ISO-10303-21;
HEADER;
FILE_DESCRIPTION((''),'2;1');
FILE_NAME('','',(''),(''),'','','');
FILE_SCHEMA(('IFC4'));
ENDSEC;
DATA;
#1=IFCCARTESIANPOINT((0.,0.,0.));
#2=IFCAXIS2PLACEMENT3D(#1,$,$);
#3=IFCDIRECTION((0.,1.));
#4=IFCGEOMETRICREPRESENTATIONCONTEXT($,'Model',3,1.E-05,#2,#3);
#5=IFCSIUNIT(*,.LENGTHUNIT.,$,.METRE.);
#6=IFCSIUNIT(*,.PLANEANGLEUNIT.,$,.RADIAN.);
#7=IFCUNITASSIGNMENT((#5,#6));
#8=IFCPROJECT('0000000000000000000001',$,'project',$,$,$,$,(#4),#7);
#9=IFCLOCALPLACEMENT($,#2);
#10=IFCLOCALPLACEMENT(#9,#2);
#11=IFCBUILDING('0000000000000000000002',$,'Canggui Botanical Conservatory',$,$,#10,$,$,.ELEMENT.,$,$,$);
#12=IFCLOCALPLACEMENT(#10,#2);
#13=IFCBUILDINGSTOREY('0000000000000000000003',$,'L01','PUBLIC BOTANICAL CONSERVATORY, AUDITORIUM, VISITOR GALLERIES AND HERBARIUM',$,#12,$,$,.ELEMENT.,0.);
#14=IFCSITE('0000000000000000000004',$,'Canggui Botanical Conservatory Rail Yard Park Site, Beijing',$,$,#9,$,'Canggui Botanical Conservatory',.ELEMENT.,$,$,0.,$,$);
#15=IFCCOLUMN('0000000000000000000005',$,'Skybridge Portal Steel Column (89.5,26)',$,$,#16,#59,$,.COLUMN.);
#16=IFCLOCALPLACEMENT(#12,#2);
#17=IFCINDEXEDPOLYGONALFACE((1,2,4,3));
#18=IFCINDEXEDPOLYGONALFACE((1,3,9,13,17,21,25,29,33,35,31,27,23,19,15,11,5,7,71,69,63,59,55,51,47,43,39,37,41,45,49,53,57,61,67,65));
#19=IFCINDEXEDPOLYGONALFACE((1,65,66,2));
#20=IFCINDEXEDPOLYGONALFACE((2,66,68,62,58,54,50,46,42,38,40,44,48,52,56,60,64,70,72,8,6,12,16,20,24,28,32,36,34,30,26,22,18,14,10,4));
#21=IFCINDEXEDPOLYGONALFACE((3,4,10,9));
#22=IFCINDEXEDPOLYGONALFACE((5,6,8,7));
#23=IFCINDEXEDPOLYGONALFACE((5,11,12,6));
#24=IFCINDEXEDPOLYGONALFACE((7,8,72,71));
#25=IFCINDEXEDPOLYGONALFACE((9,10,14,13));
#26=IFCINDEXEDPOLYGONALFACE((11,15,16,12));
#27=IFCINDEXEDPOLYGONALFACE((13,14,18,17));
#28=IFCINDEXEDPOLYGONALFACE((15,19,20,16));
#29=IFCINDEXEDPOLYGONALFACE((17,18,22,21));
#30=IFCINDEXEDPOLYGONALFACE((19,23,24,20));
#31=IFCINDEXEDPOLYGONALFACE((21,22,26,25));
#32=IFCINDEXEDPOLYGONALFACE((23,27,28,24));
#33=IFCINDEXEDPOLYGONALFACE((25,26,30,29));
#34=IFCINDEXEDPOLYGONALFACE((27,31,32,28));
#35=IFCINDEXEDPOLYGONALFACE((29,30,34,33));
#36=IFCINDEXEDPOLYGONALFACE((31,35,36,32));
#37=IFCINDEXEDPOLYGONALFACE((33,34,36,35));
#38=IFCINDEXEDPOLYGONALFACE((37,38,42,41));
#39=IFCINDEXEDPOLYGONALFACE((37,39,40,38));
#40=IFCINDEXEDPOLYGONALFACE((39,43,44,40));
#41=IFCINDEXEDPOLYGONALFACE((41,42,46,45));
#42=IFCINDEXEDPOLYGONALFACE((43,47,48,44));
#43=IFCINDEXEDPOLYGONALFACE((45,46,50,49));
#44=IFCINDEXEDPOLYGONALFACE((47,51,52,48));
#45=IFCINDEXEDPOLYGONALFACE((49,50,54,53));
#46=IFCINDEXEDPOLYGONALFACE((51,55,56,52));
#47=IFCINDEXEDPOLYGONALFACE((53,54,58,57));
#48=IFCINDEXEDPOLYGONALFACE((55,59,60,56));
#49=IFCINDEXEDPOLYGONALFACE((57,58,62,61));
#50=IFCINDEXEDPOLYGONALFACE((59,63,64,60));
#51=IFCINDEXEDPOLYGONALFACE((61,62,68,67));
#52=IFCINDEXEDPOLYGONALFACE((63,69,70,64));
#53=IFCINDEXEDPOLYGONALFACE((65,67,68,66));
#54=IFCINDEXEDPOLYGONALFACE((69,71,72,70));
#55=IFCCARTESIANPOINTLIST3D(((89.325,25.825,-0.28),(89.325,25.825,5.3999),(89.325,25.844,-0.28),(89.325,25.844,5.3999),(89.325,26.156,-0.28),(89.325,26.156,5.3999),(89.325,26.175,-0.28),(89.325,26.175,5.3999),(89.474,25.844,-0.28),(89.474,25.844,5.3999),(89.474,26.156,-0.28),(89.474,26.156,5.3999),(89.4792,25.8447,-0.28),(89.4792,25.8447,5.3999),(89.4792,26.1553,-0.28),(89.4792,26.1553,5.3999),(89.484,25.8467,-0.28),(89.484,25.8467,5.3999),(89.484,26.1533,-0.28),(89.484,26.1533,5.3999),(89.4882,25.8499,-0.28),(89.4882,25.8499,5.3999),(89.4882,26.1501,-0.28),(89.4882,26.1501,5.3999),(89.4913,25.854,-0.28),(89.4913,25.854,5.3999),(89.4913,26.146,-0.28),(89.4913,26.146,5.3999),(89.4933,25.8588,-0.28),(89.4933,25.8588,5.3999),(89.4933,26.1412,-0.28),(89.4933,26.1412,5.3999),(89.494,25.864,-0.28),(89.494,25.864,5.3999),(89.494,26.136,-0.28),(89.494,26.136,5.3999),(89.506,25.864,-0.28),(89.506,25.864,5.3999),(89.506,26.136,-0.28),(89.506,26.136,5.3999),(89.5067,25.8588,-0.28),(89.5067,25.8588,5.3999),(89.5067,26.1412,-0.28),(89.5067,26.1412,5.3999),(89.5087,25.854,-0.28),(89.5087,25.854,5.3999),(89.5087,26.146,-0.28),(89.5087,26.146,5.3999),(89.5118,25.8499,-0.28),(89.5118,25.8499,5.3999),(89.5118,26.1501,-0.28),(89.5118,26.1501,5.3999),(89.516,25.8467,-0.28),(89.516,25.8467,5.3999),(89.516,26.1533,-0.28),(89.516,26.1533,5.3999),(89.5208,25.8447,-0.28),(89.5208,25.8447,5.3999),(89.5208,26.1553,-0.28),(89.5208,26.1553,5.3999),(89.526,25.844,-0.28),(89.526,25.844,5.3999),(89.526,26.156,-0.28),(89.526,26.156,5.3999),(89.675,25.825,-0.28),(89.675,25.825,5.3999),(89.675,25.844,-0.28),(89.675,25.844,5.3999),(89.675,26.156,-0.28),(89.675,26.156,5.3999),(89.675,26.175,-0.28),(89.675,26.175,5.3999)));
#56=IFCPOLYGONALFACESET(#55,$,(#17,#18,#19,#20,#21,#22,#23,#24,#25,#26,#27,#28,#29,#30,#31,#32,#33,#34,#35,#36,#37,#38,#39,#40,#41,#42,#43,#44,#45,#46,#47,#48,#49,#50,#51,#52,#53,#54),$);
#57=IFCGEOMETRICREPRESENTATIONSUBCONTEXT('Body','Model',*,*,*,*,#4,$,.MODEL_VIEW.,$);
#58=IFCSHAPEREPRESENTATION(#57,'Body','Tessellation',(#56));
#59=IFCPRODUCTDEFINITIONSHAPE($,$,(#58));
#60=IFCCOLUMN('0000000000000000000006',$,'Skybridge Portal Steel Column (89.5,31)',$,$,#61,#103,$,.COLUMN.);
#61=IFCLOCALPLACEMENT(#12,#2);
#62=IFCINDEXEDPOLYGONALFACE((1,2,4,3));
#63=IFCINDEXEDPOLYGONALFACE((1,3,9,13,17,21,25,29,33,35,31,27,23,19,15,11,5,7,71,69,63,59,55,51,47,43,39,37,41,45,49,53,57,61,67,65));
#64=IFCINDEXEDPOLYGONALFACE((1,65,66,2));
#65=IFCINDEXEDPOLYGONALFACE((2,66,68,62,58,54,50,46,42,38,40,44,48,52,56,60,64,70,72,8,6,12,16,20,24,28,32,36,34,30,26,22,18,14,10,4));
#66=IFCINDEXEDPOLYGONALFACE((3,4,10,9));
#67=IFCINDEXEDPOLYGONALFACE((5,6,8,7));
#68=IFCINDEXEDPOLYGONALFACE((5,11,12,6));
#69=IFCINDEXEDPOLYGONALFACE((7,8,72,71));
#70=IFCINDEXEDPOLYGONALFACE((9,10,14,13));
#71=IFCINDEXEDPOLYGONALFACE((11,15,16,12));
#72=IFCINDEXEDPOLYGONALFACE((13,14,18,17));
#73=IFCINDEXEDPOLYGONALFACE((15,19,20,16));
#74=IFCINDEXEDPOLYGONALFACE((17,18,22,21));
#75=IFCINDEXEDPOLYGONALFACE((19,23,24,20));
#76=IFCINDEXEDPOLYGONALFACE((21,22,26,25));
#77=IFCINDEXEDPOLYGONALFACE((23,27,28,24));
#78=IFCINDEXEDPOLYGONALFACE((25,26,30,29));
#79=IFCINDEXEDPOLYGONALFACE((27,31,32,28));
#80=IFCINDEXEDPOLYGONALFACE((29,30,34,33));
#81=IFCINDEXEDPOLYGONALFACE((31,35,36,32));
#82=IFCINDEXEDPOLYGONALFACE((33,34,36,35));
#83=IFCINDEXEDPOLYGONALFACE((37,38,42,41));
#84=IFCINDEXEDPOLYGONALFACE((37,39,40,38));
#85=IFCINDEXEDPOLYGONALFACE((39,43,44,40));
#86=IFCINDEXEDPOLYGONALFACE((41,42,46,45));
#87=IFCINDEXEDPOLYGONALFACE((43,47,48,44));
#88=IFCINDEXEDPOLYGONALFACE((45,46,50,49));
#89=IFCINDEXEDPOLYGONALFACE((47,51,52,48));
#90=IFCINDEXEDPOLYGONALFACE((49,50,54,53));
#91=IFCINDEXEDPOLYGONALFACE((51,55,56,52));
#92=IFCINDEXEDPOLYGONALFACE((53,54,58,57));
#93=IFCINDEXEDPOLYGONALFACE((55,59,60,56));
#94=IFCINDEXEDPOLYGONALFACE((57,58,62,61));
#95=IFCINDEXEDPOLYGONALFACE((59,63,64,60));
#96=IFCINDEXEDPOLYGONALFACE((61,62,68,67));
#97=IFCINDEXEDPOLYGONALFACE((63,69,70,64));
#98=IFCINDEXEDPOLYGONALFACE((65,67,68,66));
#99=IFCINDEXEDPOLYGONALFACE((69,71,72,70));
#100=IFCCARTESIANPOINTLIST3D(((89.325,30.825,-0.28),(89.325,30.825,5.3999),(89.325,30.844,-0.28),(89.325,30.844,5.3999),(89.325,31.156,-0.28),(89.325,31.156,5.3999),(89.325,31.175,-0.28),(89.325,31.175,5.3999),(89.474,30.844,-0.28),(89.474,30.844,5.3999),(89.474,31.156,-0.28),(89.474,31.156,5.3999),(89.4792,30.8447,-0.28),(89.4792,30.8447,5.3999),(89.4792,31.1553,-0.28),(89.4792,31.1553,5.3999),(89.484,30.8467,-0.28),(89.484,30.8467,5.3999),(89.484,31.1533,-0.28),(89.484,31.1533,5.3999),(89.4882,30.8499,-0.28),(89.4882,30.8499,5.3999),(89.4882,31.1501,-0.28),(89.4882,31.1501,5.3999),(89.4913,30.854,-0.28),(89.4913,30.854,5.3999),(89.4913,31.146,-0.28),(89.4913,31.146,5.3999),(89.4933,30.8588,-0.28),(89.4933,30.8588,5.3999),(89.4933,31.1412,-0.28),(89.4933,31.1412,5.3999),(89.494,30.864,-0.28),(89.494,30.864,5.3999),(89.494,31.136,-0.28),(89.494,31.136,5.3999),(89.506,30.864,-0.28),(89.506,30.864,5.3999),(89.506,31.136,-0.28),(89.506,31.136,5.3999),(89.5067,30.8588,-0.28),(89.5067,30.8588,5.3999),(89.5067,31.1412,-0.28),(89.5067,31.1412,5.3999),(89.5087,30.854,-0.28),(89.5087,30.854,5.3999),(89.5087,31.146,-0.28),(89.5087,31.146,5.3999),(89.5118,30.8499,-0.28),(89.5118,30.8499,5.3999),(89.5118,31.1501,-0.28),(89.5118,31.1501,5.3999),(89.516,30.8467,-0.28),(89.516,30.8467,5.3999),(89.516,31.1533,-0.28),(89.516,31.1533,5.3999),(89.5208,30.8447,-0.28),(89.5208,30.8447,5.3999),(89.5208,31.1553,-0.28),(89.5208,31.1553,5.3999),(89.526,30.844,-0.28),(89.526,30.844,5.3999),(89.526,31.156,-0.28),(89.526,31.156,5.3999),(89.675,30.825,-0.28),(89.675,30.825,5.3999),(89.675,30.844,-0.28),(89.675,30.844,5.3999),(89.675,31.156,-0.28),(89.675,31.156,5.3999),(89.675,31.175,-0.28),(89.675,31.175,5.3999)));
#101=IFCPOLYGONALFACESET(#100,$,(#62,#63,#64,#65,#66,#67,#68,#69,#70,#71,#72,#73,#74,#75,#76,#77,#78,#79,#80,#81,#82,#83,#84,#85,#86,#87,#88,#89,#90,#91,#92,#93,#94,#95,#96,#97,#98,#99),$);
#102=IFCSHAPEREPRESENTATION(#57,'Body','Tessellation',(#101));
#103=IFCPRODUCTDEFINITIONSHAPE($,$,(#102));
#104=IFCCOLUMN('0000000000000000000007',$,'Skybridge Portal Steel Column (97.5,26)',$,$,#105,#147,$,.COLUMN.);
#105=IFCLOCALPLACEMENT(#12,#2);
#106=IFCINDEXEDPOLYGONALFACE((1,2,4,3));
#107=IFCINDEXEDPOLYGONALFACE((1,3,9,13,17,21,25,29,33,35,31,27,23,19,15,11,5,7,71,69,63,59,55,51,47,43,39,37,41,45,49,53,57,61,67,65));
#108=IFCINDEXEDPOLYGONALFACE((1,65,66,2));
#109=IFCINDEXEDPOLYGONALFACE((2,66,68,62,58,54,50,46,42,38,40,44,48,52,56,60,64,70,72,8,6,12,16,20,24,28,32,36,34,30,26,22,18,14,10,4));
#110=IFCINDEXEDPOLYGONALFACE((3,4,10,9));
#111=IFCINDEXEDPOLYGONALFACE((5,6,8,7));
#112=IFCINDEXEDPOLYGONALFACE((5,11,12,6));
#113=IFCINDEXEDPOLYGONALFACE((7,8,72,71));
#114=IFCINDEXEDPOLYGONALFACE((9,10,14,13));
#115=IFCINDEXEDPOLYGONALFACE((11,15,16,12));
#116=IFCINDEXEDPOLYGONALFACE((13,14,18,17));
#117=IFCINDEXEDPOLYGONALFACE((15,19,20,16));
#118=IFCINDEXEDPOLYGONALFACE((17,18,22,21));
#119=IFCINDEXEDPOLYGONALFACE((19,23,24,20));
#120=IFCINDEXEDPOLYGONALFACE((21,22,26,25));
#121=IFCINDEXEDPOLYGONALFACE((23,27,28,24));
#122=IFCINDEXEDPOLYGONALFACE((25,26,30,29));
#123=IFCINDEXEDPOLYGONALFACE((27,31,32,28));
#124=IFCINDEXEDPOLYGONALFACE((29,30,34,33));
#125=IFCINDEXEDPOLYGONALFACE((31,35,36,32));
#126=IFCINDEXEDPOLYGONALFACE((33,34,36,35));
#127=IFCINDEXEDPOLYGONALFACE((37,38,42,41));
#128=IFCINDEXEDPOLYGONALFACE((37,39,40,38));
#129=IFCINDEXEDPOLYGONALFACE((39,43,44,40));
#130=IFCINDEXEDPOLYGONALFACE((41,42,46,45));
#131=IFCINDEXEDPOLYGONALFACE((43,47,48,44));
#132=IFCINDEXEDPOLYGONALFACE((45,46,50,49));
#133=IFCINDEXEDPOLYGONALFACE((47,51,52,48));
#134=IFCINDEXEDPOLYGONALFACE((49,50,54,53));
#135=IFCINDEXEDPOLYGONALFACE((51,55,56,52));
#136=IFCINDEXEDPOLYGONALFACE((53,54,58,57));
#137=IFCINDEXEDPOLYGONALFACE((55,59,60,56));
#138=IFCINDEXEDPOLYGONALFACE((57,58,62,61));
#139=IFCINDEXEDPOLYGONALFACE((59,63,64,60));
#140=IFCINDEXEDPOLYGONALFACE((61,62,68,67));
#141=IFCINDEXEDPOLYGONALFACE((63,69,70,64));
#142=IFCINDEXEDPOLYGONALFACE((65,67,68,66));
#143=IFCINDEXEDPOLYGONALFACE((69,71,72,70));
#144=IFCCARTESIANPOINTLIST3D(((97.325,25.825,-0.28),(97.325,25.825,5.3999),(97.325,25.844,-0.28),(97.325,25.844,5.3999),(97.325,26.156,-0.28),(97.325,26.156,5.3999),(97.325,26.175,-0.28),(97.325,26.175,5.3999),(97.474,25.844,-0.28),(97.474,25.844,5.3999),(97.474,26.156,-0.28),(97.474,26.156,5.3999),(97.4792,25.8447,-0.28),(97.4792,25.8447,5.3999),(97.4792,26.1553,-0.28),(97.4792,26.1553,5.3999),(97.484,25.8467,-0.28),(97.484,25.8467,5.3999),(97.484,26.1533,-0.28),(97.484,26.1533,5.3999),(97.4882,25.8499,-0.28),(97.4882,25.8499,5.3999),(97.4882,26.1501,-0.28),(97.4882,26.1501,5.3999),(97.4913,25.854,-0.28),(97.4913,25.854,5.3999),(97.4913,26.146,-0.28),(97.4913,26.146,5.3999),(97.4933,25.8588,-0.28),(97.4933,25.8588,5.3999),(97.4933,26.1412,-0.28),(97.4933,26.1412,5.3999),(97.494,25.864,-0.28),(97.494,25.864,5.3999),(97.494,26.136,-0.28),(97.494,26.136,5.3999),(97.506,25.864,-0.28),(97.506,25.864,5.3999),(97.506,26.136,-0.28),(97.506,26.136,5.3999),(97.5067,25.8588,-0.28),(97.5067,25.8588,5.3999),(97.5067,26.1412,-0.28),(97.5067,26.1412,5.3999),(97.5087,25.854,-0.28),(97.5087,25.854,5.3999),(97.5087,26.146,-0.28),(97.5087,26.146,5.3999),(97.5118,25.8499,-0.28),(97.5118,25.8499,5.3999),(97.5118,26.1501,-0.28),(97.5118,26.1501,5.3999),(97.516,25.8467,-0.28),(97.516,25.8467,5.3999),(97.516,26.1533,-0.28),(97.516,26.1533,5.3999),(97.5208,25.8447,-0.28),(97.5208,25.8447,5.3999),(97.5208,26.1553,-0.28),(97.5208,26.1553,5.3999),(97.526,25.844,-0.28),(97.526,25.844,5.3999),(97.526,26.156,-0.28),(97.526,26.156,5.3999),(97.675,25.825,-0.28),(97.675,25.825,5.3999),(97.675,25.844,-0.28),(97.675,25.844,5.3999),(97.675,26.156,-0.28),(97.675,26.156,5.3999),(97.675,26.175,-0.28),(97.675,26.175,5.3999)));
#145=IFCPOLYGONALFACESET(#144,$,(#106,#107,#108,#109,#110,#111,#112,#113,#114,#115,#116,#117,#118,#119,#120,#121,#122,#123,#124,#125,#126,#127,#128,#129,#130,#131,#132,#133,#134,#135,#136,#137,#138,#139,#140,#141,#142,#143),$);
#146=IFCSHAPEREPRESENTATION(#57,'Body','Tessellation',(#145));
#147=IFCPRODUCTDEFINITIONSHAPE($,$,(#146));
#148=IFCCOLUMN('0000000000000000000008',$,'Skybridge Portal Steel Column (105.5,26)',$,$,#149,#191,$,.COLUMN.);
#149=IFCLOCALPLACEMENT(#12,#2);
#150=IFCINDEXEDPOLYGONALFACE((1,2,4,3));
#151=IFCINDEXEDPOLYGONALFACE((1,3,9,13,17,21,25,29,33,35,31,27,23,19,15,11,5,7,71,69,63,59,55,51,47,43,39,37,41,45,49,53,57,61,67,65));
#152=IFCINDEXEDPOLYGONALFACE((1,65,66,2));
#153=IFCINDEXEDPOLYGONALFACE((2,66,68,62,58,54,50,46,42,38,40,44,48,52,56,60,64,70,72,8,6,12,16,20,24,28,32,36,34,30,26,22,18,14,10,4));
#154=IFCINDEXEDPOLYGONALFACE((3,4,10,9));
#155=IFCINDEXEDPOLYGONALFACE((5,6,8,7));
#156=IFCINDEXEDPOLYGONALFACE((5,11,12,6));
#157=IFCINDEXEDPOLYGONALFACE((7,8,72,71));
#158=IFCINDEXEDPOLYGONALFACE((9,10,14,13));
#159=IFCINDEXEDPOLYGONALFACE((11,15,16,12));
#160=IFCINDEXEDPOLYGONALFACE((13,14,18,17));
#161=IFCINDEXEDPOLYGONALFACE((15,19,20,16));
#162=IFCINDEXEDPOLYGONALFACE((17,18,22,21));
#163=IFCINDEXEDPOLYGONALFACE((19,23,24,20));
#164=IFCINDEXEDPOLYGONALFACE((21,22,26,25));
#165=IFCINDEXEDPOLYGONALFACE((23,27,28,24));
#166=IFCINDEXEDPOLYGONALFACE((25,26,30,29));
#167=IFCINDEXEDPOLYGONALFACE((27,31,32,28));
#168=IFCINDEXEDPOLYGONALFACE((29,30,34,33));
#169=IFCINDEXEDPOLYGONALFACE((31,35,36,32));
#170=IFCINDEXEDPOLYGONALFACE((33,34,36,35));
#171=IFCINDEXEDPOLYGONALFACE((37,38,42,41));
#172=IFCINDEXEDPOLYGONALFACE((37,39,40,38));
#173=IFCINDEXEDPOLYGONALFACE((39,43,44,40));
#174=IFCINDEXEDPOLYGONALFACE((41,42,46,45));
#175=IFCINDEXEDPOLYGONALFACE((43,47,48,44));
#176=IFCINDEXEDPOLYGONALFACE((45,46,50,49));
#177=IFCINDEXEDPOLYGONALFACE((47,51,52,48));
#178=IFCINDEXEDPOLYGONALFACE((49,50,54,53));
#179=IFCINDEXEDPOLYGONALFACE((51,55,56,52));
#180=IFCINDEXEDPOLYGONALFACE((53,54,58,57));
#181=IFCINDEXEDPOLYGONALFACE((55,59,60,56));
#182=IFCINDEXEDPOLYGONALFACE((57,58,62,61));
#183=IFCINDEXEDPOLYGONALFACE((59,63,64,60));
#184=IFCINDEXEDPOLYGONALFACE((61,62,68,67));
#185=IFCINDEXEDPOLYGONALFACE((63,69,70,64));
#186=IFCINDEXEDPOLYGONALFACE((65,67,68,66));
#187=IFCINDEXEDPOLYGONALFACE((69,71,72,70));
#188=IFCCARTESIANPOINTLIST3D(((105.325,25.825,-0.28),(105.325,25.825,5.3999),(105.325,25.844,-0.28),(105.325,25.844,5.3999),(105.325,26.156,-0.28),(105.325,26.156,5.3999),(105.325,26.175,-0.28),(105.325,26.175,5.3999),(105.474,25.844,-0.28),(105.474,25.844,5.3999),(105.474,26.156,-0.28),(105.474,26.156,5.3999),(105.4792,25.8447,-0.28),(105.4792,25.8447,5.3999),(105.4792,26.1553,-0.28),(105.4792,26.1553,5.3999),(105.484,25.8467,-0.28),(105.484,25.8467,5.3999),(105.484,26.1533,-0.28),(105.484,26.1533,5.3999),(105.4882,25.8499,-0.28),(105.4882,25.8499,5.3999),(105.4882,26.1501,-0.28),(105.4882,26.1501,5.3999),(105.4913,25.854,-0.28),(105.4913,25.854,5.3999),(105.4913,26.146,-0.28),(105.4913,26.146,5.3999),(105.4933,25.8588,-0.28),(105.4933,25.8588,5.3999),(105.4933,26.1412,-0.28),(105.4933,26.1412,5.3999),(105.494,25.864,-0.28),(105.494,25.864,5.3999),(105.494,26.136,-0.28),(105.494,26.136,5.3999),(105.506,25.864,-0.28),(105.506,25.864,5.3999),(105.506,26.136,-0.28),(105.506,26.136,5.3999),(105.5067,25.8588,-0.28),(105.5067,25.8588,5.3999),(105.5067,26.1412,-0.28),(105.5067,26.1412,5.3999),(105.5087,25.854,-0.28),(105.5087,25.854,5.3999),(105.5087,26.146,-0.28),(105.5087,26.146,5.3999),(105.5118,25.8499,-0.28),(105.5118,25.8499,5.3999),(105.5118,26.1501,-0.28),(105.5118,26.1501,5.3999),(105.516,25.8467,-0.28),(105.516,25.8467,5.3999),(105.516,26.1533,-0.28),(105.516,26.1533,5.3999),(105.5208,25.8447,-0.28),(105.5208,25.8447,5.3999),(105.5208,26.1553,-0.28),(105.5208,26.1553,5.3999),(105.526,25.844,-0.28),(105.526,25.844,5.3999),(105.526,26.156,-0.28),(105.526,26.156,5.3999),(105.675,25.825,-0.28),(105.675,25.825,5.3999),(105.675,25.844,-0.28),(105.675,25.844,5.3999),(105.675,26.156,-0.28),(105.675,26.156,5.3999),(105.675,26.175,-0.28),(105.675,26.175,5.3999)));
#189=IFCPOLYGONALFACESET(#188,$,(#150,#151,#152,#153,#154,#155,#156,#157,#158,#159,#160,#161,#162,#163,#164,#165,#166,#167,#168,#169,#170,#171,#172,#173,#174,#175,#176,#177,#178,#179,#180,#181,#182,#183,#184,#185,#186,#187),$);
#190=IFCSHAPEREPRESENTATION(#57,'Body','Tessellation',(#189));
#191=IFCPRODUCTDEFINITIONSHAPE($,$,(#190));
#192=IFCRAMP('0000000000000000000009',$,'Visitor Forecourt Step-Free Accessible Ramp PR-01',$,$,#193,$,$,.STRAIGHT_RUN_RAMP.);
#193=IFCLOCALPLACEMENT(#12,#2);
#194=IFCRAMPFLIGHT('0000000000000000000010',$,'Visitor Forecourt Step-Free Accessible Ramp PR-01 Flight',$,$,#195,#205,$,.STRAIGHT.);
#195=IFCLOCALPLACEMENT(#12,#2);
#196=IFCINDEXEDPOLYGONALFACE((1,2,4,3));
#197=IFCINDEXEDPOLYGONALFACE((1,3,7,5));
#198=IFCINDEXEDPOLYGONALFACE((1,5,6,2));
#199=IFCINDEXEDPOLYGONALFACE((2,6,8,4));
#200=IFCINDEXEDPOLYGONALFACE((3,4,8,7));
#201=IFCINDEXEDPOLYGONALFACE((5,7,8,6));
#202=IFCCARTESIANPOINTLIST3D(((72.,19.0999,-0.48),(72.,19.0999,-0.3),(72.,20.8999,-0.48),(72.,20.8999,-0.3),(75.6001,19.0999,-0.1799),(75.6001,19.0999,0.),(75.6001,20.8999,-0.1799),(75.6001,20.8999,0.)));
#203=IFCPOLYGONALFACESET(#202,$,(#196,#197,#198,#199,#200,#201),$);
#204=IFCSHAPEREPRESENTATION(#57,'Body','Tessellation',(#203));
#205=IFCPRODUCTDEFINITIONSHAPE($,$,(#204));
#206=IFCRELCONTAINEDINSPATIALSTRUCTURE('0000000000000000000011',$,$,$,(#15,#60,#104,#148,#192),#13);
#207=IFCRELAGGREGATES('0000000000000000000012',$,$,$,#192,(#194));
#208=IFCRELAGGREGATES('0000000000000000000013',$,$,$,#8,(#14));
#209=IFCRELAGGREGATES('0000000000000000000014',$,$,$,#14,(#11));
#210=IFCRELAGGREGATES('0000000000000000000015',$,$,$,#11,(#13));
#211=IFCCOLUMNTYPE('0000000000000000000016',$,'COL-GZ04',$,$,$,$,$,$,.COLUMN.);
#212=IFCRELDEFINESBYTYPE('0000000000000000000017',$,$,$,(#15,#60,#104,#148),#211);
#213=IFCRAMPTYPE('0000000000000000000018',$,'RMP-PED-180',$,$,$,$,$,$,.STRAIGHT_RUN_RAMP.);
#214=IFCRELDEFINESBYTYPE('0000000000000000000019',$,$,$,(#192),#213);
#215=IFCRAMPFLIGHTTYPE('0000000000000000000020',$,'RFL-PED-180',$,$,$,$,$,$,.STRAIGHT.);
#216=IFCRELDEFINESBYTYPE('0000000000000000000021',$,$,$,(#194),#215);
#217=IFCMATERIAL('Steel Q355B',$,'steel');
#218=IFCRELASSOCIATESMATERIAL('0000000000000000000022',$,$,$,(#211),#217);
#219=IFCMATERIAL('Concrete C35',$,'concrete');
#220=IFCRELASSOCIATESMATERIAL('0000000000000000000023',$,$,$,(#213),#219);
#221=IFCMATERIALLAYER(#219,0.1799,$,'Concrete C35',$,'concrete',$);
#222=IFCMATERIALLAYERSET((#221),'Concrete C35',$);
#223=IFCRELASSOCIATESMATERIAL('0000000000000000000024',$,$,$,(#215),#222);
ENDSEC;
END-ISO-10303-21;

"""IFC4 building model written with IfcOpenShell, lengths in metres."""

from ifc_helpers import new_model, si_unit, direction, frame, origin, origin_2d, place, context, subcontext, project, spatial, polyline, i_section, outline, extrude, material, layer, layer_set, material_profile, profile_set, type_object, element, aggregate, save


model = new_model("IFC4")

# Units and contexts
model_context = context("Model", 3, precision=1e-05, world=origin(), true_north=direction((0.0, 1.0)))
body_context = subcontext(model_context, "Body", "Model", "MODEL_VIEW")
ifc_project = project(units=[si_unit("LENGTHUNIT", "METRE"), si_unit("PLANEANGLEUNIT", "RADIAN")], contexts=[model_context])

# Site, building, storey
site_placement = place(None, origin())
site = spatial("IfcSite", under=ifc_project, at=site_placement, Name="Canggui Botanical Conservatory Rail Yard Park Site, Beijing", LongName="Canggui Botanical Conservatory", CompositionType="ELEMENT", RefElevation=0.0)
building_placement = place(site_placement, origin())
building = spatial("IfcBuilding", under=site, at=building_placement, Name="Canggui Botanical Conservatory", CompositionType="ELEMENT")
storey_placement = place(building_placement, origin())
storey = spatial("IfcBuildingStorey", under=building, at=storey_placement, Name="L01", Description="PUBLIC BOTANICAL CONSERVATORY, AUDITORIUM, VISITOR GALLERIES AND HERBARIUM", CompositionType="ELEMENT", Elevation=0.0)

# Shared definitions
ifc_material_1 = material(Name="Concrete C35", Category="concrete")

# Columns
ifc_material_2 = material(Name="Steel Q355B", Category="steel")
ifc_material_profile_1 = material_profile(ifc_material_2, i_section(OverallWidth=0.3501, OverallDepth=0.3501, WebThickness=0.012, FlangeThickness=0.019, FilletRadius=0.02, at=origin_2d()), Name="HW 350x350x12x19")
ifc_profile_set_1 = profile_set([ifc_material_profile_1], Name="Steel Q355B")
column_type = type_object("IfcColumnType", Name="COL-GZ04", PredefinedType="COLUMN", material=ifc_profile_set_1)
for number, where, z_axis, x_axis, name in (
    (1, (89.5, 26.0, -0.28), (0.0, 0.0, 1.0), (1.0, 0.0, 0.0), "Skybridge Portal Steel Column (89.5,26)"),
    (2, (89.5, 31.0, -0.28), (0.0, 0.0, 1.0), (1.0, 0.0, 0.0), "Skybridge Portal Steel Column (89.5,31)"),
    (3, (97.5, 26.0, -0.28), (0.0, 0.0, 1.0), (1.0, 0.0, 0.0), "Skybridge Portal Steel Column (97.5,26)"),
    (4, (105.5, 26.0, -0.28), (0.0, 0.0, 1.0), (1.0, 0.0, 0.0), "Skybridge Portal Steel Column (105.5,26)"),
):
    element("IfcColumn", number, at=place(storey_placement, frame(where, z_axis=z_axis, x_axis=x_axis)), inside=storey, type_object=column_type, Name=name, PredefinedType="COLUMN", context=body_context, shape_type="SweptSolid", body=[
        extrude(i_section(OverallWidth=0.3501, OverallDepth=0.3501, WebThickness=0.012, FlangeThickness=0.019, FilletRadius=0.02, at=origin_2d()), origin(), (0.0, 0.0, 1.0), 5.6799),
    ])

# Ramp, ramp flight
ramp_type = type_object("IfcRampType", Name="RMP-PED-180", PredefinedType="STRAIGHT_RUN_RAMP", material=ifc_material_1)
ramp_placement = place(storey_placement, origin())
ramp = element("IfcRamp", 5, at=ramp_placement, inside=storey, type_object=ramp_type, Name="Visitor Forecourt Step-Free Accessible Ramp PR-01", PredefinedType="STRAIGHT_RUN_RAMP")
ifc_layer = layer(ifc_material_1, 0.1799, Name="Concrete C35", Category="concrete")
ifc_layer_set = layer_set([ifc_layer], Name="Concrete C35")
ramp_flight_type = type_object("IfcRampFlightType", Name="RFL-PED-180", PredefinedType="STRAIGHT", material=ifc_layer_set)
ramp_flight_placement = place(storey_placement, frame((72.0, 20.0, -0.3), z_axis=(0.0, 0.0, 1.0), x_axis=(1.0, 0.0, 0.0)))
ramp_flight = element("IfcRampFlight", 6, at=ramp_flight_placement, type_object=ramp_flight_type, Name="Visitor Forecourt Step-Free Accessible Ramp PR-01 Flight", PredefinedType="STRAIGHT", context=body_context, shape_type="SweptSolid", body=[
    extrude(outline(polyline([(0.0, 0.0), (3.6001, 0.3), (3.6001, 0.1201), (0.0, -0.1799), (0.0, 0.0)])), frame((0.0, 0.8999, 0.0), z_axis=(0.0, -1.0, 0.0), x_axis=(1.0, 0.0, 0.0)), (0.0, 0.0, 1.0), 1.8),
])
aggregate(ramp, [ramp_flight])

save(model, "model.ifc")
